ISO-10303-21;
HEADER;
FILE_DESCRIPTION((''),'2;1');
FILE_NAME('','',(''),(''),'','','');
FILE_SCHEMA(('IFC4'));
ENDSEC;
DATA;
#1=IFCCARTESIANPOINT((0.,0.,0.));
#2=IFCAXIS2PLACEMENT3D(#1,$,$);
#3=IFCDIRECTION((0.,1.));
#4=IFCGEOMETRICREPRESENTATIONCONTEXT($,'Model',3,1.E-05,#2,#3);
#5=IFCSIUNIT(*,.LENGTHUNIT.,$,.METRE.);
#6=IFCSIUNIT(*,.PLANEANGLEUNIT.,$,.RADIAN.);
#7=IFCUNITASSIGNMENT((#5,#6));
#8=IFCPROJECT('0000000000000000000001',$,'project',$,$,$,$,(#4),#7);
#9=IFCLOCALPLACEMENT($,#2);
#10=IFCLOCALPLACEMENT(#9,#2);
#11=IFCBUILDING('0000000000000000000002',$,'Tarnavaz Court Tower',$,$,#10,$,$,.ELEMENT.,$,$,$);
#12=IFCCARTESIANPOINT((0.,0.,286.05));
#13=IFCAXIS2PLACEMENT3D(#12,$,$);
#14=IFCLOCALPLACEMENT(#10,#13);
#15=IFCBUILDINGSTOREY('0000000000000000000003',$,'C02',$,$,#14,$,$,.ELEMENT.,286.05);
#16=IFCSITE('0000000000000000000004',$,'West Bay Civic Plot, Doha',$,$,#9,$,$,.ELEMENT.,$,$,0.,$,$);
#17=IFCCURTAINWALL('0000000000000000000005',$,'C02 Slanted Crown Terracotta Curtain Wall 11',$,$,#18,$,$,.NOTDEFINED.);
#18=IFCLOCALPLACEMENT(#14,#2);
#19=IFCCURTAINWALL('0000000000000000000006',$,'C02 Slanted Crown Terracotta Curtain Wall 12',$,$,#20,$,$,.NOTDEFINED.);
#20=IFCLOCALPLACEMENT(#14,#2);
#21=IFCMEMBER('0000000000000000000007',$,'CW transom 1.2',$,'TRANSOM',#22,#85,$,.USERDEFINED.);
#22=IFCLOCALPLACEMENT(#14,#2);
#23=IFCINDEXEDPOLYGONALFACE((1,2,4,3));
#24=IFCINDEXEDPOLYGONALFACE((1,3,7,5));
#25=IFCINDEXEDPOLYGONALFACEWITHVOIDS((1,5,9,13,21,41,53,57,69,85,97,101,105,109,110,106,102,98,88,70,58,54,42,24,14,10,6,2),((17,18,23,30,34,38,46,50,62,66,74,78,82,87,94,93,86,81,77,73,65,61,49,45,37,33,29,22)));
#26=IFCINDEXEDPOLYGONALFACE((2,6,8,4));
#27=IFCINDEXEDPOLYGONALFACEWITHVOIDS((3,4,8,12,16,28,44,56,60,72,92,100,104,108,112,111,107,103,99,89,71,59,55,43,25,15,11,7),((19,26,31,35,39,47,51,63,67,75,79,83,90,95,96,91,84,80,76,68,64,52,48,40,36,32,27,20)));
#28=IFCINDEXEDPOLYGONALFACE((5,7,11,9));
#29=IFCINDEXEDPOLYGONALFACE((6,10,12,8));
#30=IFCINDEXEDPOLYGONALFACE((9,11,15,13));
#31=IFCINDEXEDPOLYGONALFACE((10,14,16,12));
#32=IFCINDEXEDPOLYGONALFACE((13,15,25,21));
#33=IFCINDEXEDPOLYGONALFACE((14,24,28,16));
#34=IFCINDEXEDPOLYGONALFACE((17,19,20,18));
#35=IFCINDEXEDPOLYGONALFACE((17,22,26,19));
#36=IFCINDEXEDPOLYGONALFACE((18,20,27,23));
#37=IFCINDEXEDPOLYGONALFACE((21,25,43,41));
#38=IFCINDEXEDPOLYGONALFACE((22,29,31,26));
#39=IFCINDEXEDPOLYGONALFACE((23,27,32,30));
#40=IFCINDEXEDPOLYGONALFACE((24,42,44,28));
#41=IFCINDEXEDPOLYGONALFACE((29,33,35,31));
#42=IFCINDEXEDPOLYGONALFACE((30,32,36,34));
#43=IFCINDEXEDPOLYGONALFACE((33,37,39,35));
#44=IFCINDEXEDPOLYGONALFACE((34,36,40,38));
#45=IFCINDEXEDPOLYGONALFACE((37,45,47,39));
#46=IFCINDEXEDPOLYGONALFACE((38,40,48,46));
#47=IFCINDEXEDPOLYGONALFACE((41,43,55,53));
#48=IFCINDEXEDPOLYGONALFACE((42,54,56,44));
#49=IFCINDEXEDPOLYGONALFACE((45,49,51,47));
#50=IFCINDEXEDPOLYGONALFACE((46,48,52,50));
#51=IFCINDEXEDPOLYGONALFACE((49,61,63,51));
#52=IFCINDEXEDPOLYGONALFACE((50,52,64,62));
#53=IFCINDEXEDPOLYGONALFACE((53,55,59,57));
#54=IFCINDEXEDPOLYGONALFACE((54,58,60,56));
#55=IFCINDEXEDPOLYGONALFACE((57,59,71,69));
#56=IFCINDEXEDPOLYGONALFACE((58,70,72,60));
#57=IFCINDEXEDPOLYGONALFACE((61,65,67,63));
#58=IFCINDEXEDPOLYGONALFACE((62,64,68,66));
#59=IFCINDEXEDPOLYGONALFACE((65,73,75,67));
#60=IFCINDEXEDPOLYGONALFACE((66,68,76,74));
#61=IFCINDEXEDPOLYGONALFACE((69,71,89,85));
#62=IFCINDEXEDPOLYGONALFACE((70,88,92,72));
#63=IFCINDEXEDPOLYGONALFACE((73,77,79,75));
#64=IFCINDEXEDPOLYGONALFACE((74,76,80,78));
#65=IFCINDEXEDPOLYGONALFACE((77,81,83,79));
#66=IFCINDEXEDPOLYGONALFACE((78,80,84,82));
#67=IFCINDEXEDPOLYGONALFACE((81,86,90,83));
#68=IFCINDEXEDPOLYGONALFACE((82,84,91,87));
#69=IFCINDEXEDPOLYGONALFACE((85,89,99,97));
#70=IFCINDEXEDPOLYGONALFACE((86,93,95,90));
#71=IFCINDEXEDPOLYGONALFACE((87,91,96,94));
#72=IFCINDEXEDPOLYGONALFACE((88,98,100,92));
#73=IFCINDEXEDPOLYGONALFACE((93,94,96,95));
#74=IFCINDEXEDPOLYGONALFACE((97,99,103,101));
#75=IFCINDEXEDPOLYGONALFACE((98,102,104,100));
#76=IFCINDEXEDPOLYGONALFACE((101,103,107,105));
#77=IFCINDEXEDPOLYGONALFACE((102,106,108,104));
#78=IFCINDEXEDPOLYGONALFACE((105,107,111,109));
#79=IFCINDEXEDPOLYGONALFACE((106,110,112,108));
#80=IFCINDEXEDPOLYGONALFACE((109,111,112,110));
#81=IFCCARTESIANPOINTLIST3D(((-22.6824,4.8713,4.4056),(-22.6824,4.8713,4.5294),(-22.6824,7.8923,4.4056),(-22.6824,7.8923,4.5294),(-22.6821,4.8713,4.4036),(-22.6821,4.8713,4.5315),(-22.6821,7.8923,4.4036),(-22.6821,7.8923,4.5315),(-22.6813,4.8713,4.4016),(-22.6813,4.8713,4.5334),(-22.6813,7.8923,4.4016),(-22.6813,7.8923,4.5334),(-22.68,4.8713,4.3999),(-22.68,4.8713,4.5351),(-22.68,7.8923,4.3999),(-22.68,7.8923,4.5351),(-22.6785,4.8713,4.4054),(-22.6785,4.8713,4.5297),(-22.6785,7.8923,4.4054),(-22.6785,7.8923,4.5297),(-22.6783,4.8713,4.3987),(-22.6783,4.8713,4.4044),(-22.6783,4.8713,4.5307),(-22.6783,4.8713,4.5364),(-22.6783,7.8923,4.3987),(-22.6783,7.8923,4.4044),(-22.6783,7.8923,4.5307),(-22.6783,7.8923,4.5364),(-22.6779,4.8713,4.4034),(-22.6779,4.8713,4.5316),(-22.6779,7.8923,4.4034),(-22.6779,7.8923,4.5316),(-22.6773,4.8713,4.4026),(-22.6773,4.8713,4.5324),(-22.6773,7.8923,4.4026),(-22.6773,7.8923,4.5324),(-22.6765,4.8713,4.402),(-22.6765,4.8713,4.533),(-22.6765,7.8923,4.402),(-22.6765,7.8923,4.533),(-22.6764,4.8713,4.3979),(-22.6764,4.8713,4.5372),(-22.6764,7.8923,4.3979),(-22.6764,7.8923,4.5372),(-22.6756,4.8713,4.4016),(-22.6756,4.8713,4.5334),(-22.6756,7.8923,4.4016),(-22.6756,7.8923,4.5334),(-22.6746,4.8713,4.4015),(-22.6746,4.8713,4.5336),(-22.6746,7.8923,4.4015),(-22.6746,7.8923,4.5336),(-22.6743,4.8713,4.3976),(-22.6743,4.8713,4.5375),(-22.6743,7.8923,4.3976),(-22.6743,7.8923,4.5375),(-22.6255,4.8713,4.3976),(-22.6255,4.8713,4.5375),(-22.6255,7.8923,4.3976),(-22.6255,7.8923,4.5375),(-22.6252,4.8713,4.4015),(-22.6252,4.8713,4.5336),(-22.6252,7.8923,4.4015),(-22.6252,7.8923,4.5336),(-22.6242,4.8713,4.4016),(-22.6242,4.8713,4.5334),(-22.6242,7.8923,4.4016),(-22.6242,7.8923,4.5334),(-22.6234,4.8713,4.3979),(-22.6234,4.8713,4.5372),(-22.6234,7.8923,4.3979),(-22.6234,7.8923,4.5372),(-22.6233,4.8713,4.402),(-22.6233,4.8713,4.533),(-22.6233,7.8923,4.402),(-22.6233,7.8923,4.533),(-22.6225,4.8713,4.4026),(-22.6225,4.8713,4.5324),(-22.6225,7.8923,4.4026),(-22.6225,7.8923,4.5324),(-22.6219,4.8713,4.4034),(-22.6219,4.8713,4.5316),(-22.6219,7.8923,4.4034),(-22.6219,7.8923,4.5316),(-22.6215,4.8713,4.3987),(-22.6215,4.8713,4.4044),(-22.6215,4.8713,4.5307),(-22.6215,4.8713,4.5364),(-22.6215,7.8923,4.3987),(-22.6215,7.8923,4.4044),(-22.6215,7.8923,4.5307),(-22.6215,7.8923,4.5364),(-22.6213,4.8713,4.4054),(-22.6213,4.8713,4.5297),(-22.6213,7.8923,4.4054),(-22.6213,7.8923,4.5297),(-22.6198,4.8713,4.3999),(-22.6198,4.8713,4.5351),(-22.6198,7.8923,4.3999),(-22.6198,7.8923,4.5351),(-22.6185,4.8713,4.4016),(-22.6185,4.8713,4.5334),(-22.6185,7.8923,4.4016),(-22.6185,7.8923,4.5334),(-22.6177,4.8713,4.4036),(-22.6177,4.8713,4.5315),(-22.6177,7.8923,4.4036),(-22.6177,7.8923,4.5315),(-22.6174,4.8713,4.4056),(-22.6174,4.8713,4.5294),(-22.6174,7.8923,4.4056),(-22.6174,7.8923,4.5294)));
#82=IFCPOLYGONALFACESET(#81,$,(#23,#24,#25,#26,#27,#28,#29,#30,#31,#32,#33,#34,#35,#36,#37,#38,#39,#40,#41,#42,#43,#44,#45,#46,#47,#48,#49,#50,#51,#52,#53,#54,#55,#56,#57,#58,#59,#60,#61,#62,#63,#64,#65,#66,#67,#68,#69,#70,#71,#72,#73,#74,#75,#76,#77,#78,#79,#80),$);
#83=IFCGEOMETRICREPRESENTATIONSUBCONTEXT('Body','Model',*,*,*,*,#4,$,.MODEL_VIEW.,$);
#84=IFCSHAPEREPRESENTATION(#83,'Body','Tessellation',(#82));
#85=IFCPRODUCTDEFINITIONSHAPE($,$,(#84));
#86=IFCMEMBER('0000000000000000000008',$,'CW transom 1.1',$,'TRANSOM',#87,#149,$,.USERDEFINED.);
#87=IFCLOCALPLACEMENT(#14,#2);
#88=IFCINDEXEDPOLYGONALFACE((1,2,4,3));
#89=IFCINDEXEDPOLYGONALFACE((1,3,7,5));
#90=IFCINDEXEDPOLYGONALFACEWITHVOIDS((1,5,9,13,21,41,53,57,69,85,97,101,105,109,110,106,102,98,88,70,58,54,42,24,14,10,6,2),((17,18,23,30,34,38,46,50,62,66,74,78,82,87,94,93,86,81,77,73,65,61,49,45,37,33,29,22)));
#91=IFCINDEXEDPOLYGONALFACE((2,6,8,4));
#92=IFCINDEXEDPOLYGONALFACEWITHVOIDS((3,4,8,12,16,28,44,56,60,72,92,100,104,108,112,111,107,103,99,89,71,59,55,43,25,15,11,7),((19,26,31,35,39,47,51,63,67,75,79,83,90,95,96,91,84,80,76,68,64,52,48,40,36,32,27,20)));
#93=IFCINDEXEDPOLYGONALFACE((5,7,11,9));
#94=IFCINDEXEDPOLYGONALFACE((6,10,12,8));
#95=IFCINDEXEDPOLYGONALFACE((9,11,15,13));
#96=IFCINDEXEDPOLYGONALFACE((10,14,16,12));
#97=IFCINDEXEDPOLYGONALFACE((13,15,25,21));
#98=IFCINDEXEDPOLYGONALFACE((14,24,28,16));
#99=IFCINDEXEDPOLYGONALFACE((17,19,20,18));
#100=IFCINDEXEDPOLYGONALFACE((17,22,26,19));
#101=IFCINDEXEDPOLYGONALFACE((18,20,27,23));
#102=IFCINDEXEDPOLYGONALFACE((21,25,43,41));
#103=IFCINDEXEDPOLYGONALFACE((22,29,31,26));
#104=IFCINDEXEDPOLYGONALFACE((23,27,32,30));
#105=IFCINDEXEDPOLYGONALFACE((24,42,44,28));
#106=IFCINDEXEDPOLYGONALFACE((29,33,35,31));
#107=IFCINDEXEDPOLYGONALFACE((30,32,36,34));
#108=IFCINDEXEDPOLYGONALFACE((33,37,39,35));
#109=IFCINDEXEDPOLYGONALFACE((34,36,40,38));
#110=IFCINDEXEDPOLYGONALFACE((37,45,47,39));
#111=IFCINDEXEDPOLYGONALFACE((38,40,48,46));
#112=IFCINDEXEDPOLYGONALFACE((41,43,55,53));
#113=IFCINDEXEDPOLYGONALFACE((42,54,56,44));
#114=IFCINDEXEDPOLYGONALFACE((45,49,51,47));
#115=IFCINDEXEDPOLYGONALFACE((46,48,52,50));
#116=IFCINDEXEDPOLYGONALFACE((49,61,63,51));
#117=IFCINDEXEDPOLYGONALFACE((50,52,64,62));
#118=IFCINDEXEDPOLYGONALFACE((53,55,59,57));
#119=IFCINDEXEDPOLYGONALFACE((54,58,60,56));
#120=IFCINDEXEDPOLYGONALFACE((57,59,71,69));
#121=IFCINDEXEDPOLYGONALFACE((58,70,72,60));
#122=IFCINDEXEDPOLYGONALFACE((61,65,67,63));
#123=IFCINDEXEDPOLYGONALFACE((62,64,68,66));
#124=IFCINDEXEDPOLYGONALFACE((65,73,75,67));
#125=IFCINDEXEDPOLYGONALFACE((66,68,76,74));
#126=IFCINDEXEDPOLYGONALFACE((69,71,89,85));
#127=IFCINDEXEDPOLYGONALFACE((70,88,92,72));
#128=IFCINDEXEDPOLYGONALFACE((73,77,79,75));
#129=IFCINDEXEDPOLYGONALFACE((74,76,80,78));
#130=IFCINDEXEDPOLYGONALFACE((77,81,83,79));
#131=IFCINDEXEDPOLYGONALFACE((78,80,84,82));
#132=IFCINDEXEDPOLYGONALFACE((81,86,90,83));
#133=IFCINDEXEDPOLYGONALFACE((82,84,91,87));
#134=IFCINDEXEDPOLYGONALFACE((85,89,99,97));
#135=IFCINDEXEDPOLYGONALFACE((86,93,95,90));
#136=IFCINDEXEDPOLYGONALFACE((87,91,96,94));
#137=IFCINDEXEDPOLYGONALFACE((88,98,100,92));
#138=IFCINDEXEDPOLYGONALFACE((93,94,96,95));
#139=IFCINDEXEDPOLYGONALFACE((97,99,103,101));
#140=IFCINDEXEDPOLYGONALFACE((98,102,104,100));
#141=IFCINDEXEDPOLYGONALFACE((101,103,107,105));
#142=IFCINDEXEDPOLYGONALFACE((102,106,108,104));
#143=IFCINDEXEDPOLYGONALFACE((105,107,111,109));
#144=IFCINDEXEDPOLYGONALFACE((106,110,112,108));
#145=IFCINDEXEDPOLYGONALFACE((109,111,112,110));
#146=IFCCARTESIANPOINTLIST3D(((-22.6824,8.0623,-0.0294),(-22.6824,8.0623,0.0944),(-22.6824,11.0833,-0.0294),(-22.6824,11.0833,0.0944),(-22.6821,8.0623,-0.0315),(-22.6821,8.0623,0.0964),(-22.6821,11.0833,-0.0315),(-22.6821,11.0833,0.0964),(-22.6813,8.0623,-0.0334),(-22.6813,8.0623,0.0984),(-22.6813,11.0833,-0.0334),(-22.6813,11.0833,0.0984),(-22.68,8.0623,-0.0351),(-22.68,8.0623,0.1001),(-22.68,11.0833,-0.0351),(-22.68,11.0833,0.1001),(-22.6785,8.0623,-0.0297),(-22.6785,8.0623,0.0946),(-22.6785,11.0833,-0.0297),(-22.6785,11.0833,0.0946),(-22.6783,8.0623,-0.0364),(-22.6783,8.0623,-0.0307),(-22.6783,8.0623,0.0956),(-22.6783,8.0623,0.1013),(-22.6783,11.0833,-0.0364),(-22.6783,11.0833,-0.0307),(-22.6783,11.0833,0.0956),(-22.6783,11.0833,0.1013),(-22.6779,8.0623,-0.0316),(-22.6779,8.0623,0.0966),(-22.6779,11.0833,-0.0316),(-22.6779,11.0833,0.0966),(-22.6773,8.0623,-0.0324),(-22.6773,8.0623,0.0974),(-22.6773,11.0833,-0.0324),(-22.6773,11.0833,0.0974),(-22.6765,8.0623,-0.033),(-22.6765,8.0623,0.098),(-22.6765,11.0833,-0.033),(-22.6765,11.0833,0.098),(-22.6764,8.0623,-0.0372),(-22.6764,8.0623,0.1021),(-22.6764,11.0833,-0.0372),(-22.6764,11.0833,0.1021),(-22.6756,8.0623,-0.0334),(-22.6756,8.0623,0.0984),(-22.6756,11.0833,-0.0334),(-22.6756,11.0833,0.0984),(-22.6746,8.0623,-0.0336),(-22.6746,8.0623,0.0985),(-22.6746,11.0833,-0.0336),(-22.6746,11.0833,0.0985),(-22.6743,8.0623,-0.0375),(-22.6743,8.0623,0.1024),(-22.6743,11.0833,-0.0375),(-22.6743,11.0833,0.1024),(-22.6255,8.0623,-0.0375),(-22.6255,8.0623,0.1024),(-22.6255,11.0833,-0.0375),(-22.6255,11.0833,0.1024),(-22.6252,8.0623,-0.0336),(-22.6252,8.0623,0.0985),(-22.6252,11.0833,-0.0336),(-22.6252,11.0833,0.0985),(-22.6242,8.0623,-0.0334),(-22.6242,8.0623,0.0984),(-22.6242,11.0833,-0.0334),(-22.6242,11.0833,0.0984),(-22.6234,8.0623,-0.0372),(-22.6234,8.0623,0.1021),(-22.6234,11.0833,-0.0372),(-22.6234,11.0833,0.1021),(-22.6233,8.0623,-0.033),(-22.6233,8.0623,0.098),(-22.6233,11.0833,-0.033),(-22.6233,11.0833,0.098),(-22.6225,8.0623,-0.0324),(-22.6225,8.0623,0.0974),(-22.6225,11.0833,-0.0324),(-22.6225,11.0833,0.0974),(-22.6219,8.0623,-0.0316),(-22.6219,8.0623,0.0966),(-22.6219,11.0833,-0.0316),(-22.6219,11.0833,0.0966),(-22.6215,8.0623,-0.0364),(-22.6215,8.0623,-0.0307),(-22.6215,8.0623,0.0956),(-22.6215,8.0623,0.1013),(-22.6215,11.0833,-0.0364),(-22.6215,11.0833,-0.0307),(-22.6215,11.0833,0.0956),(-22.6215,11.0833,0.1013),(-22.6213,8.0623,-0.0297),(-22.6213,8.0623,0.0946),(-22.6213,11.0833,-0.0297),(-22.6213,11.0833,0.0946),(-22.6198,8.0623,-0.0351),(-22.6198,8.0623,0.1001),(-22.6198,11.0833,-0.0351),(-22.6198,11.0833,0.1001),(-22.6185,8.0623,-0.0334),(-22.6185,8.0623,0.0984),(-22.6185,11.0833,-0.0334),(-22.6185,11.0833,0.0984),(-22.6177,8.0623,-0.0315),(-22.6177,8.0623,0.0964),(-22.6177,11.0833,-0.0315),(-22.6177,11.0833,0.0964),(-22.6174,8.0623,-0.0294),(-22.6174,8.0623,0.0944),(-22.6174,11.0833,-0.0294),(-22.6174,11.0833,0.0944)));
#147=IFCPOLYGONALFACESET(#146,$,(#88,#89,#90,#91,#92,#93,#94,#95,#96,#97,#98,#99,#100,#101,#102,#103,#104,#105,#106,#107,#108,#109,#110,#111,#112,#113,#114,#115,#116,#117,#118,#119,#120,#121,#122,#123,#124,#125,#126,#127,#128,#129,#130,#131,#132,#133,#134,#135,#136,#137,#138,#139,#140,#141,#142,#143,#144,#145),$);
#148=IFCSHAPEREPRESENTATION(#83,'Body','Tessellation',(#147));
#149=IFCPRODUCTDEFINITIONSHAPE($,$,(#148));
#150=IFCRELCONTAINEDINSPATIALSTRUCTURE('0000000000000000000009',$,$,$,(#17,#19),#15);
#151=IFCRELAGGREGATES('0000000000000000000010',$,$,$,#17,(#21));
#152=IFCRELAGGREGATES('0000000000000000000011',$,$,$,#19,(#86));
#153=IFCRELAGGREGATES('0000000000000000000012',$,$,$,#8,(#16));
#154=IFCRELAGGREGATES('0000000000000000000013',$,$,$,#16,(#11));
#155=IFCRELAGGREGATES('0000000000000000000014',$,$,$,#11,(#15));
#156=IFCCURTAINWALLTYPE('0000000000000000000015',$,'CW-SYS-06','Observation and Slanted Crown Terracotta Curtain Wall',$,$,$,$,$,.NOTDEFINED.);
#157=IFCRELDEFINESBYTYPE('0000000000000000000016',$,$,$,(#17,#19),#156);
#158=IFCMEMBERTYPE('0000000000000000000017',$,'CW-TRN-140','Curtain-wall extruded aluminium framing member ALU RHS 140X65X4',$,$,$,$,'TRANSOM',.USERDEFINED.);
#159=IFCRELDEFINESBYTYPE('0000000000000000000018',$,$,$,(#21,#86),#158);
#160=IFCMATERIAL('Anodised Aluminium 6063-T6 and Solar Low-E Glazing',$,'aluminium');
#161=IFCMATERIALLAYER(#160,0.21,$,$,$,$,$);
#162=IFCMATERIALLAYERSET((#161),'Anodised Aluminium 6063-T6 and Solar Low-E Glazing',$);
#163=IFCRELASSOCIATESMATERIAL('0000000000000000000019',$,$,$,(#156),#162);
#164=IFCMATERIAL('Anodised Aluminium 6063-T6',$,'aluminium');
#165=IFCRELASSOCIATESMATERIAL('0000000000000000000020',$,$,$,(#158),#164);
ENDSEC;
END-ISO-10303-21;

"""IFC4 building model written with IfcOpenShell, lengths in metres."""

from ifc_helpers import new_model, si_unit, direction, frame, origin, origin_2d, place, context, subcontext, project, spatial, hollow_rectangle, extrude, material, layer, layer_set, material_profile, profile_set, type_object, element, aggregate, save


model = new_model("IFC4")

# Units and contexts
model_context = context("Model", 3, precision=1e-05, world=origin(), true_north=direction((0.0, 1.0)))
body_context = subcontext(model_context, "Body", "Model", "MODEL_VIEW")
ifc_project = project(units=[si_unit("LENGTHUNIT", "METRE"), si_unit("PLANEANGLEUNIT", "RADIAN")], contexts=[model_context])

# Site, building, storey
site_placement = place(None, origin())
site = spatial("IfcSite", under=ifc_project, at=site_placement, Name="West Bay Civic Plot, Doha", CompositionType="ELEMENT", RefElevation=0.0)
building_placement = place(site_placement, origin())
building = spatial("IfcBuilding", under=site, at=building_placement, Name="Tarnavaz Court Tower", CompositionType="ELEMENT")
storey_placement = place(building_placement, frame((0.0, 0.0, 286.05)))
storey = spatial("IfcBuildingStorey", under=building, at=storey_placement, Name="C02", CompositionType="ELEMENT", Elevation=286.05)

# Shared definitions
ifc_material_1 = material(Name="Anodised Aluminium 6063-T6 and Solar Low-E Glazing", Category="aluminium")
ifc_layer_1 = layer(ifc_material_1, 0.21)
ifc_layer_set_1 = layer_set([ifc_layer_1], Name="Anodised Aluminium 6063-T6 and Solar Low-E Glazing")
curtain_wall_type = type_object("IfcCurtainWallType", Name="CW-SYS-06", Description="Observation and Slanted Crown Terracotta Curtain Wall", PredefinedType="NOTDEFINED", material=ifc_layer_set_1)
ifc_material_2 = material(Name="Anodised Aluminium 6063-T6", Category="aluminium")

# Curtain walls
curtain_wall_1_placement = place(storey_placement, origin())
curtain_wall_1 = element("IfcCurtainWall", 1, at=curtain_wall_1_placement, inside=storey, type_object=curtain_wall_type, Name="C02 Slanted Crown Terracotta Curtain Wall 11", PredefinedType="NOTDEFINED")
curtain_wall_2_placement = place(storey_placement, origin())
curtain_wall_2 = element("IfcCurtainWall", 2, at=curtain_wall_2_placement, inside=storey, type_object=curtain_wall_type, Name="C02 Slanted Crown Terracotta Curtain Wall 12", PredefinedType="NOTDEFINED")

# Members
ifc_material_profile_1 = material_profile(ifc_material_2, hollow_rectangle(XDim=0.0649, YDim=0.1399, WallThickness=0.0039, InnerFilletRadius=0.0039, OuterFilletRadius=0.0081, at=origin_2d()), Name="ALU RHS 140X65X4")
ifc_profile_set_1 = profile_set([ifc_material_profile_1], Name="Anodised Aluminium 6063-T6")
member_type_1 = type_object("IfcMemberType", Name="CW-TRN-140", Description="Curtain-wall extruded aluminium framing member ALU RHS 140X65X4", ElementType="TRANSOM", PredefinedType="USERDEFINED", material=ifc_profile_set_1)
member_1_placement = place(storey_placement, frame((-22.6499, 4.8713, 4.4675), z_axis=(0.0, 1.0, 0.0), x_axis=(-1.0, 0.0, 0.0)))
member_1 = element("IfcMember", 3, at=member_1_placement, type_object=member_type_1, Name="CW transom 1.2", ObjectType="TRANSOM", PredefinedType="USERDEFINED", context=body_context, shape_type="SweptSolid", body=[
    extrude(hollow_rectangle(XDim=0.0649, YDim=0.1399, WallThickness=0.0039, InnerFilletRadius=0.0039, OuterFilletRadius=0.0081, at=origin_2d()), origin(), (0.0, 0.0, 1.0), 3.021),
])
member_2_placement = place(storey_placement, frame((-22.6499, 8.0623, 0.0325), z_axis=(0.0, 1.0, 0.0), x_axis=(-1.0, 0.0, 0.0)))
member_2 = element("IfcMember", 4, at=member_2_placement, type_object=member_type_1, Name="CW transom 1.1", ObjectType="TRANSOM", PredefinedType="USERDEFINED", context=body_context, shape_type="SweptSolid", body=[
    extrude(hollow_rectangle(XDim=0.0649, YDim=0.1399, WallThickness=0.0039, InnerFilletRadius=0.0039, OuterFilletRadius=0.0081, at=origin_2d()), origin(), (0.0, 0.0, 1.0), 3.021),
])

aggregate(curtain_wall_1, [member_1])
aggregate(curtain_wall_2, [member_2])

save(model, "model.ifc")
